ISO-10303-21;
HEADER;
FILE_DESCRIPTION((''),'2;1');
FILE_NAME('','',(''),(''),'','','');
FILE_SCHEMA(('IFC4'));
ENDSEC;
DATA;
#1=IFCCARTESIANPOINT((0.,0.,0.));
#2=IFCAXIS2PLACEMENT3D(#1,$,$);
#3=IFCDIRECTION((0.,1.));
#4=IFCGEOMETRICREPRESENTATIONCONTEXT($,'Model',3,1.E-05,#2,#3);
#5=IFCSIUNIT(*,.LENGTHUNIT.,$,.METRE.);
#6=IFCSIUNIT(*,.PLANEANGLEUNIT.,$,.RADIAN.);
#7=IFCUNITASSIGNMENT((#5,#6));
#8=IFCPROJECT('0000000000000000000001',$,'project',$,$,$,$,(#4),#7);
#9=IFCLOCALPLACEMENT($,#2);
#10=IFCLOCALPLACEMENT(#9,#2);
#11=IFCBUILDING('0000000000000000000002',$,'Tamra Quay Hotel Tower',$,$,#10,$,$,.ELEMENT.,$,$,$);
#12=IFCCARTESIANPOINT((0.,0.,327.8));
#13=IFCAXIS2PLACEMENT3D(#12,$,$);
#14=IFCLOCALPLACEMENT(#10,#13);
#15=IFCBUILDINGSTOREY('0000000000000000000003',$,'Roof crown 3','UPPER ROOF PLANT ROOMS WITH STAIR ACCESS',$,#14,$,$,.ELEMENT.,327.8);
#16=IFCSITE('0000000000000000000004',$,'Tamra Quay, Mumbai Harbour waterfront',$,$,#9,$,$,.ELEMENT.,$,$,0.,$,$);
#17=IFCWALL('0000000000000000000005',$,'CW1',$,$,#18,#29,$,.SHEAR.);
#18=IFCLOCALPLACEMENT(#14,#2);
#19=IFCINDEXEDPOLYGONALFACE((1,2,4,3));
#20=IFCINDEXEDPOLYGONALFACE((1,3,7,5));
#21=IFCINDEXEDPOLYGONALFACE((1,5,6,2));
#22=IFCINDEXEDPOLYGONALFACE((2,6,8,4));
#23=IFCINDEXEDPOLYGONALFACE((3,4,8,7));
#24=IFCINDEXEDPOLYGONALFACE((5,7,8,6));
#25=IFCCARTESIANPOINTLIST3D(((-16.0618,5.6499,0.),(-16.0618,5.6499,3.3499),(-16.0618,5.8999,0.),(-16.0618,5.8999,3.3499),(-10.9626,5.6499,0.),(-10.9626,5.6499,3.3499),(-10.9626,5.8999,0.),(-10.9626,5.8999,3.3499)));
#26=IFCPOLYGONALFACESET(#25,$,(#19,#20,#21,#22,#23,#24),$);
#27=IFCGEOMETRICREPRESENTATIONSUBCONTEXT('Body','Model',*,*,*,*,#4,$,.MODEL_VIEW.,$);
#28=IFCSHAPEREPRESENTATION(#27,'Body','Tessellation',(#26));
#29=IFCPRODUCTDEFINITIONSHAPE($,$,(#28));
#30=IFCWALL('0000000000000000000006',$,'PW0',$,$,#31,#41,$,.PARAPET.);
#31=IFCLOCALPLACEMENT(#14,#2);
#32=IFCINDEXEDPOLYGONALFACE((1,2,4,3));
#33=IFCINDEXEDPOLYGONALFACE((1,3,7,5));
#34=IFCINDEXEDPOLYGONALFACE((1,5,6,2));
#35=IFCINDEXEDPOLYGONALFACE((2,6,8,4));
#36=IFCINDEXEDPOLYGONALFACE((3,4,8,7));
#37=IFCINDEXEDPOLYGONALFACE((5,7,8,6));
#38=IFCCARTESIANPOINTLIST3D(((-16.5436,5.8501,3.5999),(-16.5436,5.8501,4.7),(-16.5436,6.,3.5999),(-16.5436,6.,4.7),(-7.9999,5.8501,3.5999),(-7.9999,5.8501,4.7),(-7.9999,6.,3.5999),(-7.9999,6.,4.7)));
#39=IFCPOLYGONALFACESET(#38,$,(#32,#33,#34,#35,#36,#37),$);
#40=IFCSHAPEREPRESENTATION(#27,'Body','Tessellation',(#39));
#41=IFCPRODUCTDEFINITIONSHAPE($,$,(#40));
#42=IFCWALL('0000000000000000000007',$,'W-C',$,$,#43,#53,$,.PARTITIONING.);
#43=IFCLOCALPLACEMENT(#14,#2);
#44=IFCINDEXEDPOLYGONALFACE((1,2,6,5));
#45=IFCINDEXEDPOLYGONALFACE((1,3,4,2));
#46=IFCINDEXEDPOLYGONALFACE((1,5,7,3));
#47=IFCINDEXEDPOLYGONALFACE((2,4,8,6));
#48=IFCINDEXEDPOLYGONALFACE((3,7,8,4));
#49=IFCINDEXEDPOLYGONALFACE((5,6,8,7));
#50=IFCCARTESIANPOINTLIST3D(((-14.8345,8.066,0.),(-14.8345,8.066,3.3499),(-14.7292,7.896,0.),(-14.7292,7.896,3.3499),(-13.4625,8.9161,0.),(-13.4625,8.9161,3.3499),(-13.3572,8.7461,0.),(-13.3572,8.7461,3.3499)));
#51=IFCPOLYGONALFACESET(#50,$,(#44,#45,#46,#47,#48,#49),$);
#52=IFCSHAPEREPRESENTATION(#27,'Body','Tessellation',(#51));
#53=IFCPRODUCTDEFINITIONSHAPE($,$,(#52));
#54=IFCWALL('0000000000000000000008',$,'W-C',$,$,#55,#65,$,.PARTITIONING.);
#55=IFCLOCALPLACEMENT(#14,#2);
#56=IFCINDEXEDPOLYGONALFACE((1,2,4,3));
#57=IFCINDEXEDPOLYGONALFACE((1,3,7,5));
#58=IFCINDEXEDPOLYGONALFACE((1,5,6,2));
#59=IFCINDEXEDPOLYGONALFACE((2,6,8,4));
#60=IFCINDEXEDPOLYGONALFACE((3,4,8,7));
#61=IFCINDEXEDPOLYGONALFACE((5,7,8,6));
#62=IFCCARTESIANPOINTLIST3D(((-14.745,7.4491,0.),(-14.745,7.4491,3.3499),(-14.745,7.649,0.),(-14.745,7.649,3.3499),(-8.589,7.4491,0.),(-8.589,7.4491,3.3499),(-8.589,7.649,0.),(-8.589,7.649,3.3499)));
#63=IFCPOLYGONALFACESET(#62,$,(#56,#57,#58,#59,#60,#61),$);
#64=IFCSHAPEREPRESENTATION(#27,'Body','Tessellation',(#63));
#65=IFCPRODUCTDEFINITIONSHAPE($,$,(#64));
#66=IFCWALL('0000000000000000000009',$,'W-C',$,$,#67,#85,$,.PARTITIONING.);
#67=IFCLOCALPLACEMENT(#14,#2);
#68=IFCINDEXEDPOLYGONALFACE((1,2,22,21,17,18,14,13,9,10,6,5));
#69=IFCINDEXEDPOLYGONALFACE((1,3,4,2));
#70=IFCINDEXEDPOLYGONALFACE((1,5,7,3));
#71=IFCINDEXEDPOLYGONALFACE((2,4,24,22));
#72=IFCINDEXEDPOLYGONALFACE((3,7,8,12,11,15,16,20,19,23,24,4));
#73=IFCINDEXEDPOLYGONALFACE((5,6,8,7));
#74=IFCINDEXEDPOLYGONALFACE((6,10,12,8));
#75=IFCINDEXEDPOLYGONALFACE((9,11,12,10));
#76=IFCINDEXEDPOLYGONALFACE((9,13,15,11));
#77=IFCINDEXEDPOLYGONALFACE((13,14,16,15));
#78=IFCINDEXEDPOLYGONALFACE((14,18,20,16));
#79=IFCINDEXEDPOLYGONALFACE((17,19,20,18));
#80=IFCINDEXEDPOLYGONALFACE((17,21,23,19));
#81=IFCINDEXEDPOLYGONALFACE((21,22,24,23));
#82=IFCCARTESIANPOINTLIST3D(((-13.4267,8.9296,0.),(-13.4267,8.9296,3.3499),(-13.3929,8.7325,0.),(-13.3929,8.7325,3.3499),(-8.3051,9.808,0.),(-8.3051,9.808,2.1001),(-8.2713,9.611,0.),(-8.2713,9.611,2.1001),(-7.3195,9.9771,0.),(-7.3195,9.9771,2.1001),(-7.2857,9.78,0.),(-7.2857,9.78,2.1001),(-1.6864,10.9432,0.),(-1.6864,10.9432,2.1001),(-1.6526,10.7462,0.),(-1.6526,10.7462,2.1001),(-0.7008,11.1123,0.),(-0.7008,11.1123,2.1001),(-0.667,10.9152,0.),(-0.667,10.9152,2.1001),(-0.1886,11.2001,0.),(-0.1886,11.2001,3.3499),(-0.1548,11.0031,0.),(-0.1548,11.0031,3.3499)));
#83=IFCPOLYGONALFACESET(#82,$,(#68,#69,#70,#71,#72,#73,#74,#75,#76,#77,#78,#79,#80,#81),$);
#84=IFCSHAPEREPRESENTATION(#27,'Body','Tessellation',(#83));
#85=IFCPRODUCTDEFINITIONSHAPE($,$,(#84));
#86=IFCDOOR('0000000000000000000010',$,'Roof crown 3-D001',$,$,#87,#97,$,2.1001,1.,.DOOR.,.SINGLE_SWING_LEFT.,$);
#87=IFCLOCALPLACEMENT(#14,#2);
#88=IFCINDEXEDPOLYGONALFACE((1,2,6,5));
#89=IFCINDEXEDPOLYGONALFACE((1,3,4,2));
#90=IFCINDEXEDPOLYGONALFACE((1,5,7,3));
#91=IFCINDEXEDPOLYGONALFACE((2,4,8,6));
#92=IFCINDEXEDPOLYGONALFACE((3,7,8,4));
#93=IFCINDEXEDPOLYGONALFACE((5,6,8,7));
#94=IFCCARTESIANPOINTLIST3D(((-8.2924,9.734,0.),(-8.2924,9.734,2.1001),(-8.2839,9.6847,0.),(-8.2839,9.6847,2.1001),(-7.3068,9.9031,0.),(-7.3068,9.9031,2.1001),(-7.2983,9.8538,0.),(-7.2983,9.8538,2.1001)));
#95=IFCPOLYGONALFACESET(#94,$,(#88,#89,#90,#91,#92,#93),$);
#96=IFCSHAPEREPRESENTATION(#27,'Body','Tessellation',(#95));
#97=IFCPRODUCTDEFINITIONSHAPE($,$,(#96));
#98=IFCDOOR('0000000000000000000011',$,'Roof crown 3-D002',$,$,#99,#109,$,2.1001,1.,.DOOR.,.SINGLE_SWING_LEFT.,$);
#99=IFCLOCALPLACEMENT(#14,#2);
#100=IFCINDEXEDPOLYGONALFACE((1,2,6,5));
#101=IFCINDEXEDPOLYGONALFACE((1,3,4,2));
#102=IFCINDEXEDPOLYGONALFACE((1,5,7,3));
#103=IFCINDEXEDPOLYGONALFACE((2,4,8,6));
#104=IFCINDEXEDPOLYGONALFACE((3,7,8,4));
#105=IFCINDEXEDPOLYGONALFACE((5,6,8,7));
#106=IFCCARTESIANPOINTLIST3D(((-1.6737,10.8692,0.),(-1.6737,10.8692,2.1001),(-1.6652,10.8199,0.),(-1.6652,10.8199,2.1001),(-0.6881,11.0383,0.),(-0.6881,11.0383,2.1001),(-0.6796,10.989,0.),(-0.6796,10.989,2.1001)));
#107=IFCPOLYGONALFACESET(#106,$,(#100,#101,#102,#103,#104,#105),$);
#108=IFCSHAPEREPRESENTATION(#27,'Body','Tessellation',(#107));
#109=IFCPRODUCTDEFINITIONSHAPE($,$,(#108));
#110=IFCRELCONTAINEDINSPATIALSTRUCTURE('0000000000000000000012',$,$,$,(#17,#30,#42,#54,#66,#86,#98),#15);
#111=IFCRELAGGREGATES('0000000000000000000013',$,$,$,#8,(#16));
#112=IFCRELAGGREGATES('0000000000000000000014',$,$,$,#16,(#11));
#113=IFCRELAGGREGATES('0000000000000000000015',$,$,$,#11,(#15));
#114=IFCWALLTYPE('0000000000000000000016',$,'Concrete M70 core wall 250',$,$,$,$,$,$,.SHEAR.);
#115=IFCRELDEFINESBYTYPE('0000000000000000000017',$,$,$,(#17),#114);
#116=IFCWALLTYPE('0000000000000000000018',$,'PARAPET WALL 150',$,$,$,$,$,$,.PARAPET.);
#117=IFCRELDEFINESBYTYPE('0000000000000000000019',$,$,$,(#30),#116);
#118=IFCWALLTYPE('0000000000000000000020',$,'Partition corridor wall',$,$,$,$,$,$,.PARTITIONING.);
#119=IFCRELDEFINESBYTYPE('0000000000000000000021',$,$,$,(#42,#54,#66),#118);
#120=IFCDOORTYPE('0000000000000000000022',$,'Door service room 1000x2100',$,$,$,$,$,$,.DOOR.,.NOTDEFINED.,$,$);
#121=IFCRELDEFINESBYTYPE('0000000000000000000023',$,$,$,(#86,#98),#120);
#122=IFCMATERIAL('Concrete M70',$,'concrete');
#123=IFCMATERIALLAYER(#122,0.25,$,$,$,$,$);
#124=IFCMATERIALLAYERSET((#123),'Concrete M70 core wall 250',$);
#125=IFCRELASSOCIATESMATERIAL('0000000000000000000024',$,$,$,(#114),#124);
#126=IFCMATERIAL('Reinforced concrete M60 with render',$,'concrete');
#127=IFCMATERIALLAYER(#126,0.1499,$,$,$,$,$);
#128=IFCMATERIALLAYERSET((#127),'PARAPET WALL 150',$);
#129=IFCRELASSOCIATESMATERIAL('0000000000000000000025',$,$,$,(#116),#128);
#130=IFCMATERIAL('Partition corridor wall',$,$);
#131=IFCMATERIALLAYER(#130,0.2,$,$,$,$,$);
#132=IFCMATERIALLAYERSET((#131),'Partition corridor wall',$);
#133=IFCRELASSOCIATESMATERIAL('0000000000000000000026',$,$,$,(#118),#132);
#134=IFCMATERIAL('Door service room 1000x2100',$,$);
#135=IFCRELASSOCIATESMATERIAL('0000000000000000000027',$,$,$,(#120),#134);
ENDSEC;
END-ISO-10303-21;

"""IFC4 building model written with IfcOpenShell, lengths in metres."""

from ifc_helpers import new_model, si_unit, direction, frame, frame_2d, origin, place, context, subcontext, project, spatial, rectangle, extrude, material, layer, layer_set, type_object, element, fill, save


model = new_model("IFC4")

# Units and contexts
model_context = context("Model", 3, precision=1e-05, world=origin(), true_north=direction((0.0, 1.0)))
body_context = subcontext(model_context, "Body", "Model", "MODEL_VIEW")
ifc_project = project(units=[si_unit("LENGTHUNIT", "METRE"), si_unit("PLANEANGLEUNIT", "RADIAN")], contexts=[model_context])

# Site, building, storey
site_placement = place(None, origin())
site = spatial("IfcSite", under=ifc_project, at=site_placement, Name="Tamra Quay, Mumbai Harbour waterfront", CompositionType="ELEMENT", RefElevation=0.0)
building_placement = place(site_placement, origin())
building = spatial("IfcBuilding", under=site, at=building_placement, Name="Tamra Quay Hotel Tower", CompositionType="ELEMENT")
storey_placement = place(building_placement, frame((0.0, 0.0, 327.8)))
storey = spatial("IfcBuildingStorey", under=building, at=storey_placement, Name="Roof crown 3", Description="UPPER ROOF PLANT ROOMS WITH STAIR ACCESS", CompositionType="ELEMENT", Elevation=327.8)

# Shared definitions
ifc_material_1 = material(Name="Concrete M70", Category="concrete")
ifc_layer_1 = layer(ifc_material_1, 0.25)
ifc_layer_set_1 = layer_set([ifc_layer_1], Name="Concrete M70 core wall 250")
wall_type_1 = type_object("IfcWallType", Name="Concrete M70 core wall 250", PredefinedType="SHEAR", material=ifc_layer_set_1)

# Walls
wall_1_placement = place(storey_placement, frame((-16.0618, 5.7749, 0.0), z_axis=(0.0, 0.0, 1.0), x_axis=(1.0, 0.0, 0.0)))
element("IfcWall", 1, at=wall_1_placement, inside=storey, type_object=wall_type_1, Name="CW1", PredefinedType="SHEAR", context=body_context, shape_type="SweptSolid", body=[
    extrude(rectangle(XDim=5.0991, YDim=0.25, at=frame_2d((2.5496, 0.0))), origin(), (0.0, 0.0, 1.0), 3.3499),
])
ifc_material_2 = material(Name="Reinforced concrete M60 with render", Category="concrete")
ifc_layer_2 = layer(ifc_material_2, 0.1499)
ifc_layer_set_2 = layer_set([ifc_layer_2], Name="PARAPET WALL 150")
wall_type_2 = type_object("IfcWallType", Name="PARAPET WALL 150", PredefinedType="PARAPET", material=ifc_layer_set_2)
wall_2_placement = place(storey_placement, frame((-16.5437, 5.925, 3.5999), z_axis=(0.0, 0.0, 1.0), x_axis=(1.0, 0.0, 0.0)))
element("IfcWall", 2, at=wall_2_placement, inside=storey, type_object=wall_type_2, Name="PW0", PredefinedType="PARAPET", context=body_context, shape_type="SweptSolid", body=[
    extrude(rectangle(XDim=8.5437, YDim=0.1499, at=frame_2d((4.272, 0.0))), origin(), (0.0, 0.0, 1.0), 1.1001),
])
ifc_material_3 = material(Name="Partition corridor wall")
ifc_layer_3 = layer(ifc_material_3, 0.2)
ifc_layer_set_3 = layer_set([ifc_layer_3], Name="Partition corridor wall")
wall_type_3 = type_object("IfcWallType", Name="Partition corridor wall", PredefinedType="PARTITIONING", material=ifc_layer_set_3)
wall_3_placement = place(storey_placement, frame((-14.782, 7.981, 0.0), z_axis=(0.0, 0.0, 1.0), x_axis=(0.850065, 0.526677, 0.0)))
element("IfcWall", 3, at=wall_3_placement, inside=storey, type_object=wall_type_3, Name="W-C", PredefinedType="PARTITIONING", context=body_context, shape_type="SweptSolid", body=[
    extrude(rectangle(XDim=1.614, YDim=0.2, at=frame_2d((0.8071, 0.0))), origin(), (0.0, 0.0, 1.0), 3.3499),
])
wall_4_placement = place(storey_placement, frame((-14.7451, 7.5491, 0.0), z_axis=(0.0, 0.0, 1.0), x_axis=(1.0, 0.0, 0.0)))
element("IfcWall", 4, at=wall_4_placement, inside=storey, type_object=wall_type_3, Name="W-C", PredefinedType="PARTITIONING", context=body_context, shape_type="SweptSolid", body=[
    extrude(rectangle(XDim=6.156, YDim=0.2, at=frame_2d((3.0781, 0.0))), origin(), (0.0, 0.0, 1.0), 3.3499),
])

# Wall, openings, doors
wall_5_placement = place(storey_placement, frame((-13.4099, 8.8311, 0.0), z_axis=(0.0, 0.0, 1.0), x_axis=(0.985608, 0.169046, 0.0)))
wall_5 = element("IfcWall", 5, at=wall_5_placement, inside=storey, type_object=wall_type_3, Name="W-C", PredefinedType="PARTITIONING", context=body_context, shape_type="SweptSolid", body=[
    extrude(rectangle(XDim=13.4314, YDim=0.2, at=frame_2d((6.7158, 0.0))), origin(), (0.0, 0.0, 1.0), 3.3499),
])
opening_1_placement = place(wall_5_placement, frame((5.1965, 0.0, 0.0)))
opening_1 = element("IfcOpeningElement", 6, at=opening_1_placement, cuts=wall_5, PredefinedType="OPENING", context=body_context, shape_type="SweptSolid", body=[
    extrude(rectangle(XDim=1.0, YDim=2.1001, at=frame_2d((0.5, 1.05))), frame((0.0, 0.1099, 0.0), z_axis=(0.0, -1.0, 0.0), x_axis=(1.0, 0.0, 0.0)), (0.0, 0.0, 1.0), 0.22),
])
opening_2_placement = place(wall_5_placement, frame((11.9119, 0.0, 0.0)))
opening_2 = element("IfcOpeningElement", 7, at=opening_2_placement, cuts=wall_5, PredefinedType="OPENING", context=body_context, shape_type="SweptSolid", body=[
    extrude(rectangle(XDim=1.0, YDim=2.1001, at=frame_2d((0.5, 1.05))), frame((0.0, 0.1099, 0.0), z_axis=(0.0, -1.0, 0.0), x_axis=(1.0, 0.0, 0.0)), (0.0, 0.0, 1.0), 0.22),
])
ifc_material_4 = material(Name="Door service room 1000x2100")
door_type_1 = type_object("IfcDoorType", Name="Door service room 1000x2100", OperationType="NOTDEFINED", PredefinedType="DOOR", material=ifc_material_4)
door_1_placement = place(opening_1_placement, origin())
door_1 = element("IfcDoor", 8, at=door_1_placement, inside=storey, type_object=door_type_1, Name="Roof crown 3-D001", OperationType="SINGLE_SWING_LEFT", OverallHeight=2.1001, OverallWidth=1.0, PredefinedType="DOOR", context=body_context, shape_type="SweptSolid", body=[
    extrude(rectangle(XDim=1.0, YDim=2.1001, at=frame_2d((0.5, 1.05))), frame((0.0, 0.0249, 0.0), z_axis=(0.0, -1.0, 0.0), x_axis=(1.0, 0.0, 0.0)), (0.0, 0.0, 1.0), 0.05),
])
fill(opening_1, door_1)
door_2_placement = place(opening_2_placement, origin())
door_2 = element("IfcDoor", 9, at=door_2_placement, inside=storey, type_object=door_type_1, Name="Roof crown 3-D002", OperationType="SINGLE_SWING_LEFT", OverallHeight=2.1001, OverallWidth=1.0, PredefinedType="DOOR", context=body_context, shape_type="SweptSolid", body=[
    extrude(rectangle(XDim=1.0, YDim=2.1001, at=frame_2d((0.5, 1.05))), frame((0.0, 0.0249, 0.0), z_axis=(0.0, -1.0, 0.0), x_axis=(1.0, 0.0, 0.0)), (0.0, 0.0, 1.0), 0.05),
])
fill(opening_2, door_2)

save(model, "model.ifc")
